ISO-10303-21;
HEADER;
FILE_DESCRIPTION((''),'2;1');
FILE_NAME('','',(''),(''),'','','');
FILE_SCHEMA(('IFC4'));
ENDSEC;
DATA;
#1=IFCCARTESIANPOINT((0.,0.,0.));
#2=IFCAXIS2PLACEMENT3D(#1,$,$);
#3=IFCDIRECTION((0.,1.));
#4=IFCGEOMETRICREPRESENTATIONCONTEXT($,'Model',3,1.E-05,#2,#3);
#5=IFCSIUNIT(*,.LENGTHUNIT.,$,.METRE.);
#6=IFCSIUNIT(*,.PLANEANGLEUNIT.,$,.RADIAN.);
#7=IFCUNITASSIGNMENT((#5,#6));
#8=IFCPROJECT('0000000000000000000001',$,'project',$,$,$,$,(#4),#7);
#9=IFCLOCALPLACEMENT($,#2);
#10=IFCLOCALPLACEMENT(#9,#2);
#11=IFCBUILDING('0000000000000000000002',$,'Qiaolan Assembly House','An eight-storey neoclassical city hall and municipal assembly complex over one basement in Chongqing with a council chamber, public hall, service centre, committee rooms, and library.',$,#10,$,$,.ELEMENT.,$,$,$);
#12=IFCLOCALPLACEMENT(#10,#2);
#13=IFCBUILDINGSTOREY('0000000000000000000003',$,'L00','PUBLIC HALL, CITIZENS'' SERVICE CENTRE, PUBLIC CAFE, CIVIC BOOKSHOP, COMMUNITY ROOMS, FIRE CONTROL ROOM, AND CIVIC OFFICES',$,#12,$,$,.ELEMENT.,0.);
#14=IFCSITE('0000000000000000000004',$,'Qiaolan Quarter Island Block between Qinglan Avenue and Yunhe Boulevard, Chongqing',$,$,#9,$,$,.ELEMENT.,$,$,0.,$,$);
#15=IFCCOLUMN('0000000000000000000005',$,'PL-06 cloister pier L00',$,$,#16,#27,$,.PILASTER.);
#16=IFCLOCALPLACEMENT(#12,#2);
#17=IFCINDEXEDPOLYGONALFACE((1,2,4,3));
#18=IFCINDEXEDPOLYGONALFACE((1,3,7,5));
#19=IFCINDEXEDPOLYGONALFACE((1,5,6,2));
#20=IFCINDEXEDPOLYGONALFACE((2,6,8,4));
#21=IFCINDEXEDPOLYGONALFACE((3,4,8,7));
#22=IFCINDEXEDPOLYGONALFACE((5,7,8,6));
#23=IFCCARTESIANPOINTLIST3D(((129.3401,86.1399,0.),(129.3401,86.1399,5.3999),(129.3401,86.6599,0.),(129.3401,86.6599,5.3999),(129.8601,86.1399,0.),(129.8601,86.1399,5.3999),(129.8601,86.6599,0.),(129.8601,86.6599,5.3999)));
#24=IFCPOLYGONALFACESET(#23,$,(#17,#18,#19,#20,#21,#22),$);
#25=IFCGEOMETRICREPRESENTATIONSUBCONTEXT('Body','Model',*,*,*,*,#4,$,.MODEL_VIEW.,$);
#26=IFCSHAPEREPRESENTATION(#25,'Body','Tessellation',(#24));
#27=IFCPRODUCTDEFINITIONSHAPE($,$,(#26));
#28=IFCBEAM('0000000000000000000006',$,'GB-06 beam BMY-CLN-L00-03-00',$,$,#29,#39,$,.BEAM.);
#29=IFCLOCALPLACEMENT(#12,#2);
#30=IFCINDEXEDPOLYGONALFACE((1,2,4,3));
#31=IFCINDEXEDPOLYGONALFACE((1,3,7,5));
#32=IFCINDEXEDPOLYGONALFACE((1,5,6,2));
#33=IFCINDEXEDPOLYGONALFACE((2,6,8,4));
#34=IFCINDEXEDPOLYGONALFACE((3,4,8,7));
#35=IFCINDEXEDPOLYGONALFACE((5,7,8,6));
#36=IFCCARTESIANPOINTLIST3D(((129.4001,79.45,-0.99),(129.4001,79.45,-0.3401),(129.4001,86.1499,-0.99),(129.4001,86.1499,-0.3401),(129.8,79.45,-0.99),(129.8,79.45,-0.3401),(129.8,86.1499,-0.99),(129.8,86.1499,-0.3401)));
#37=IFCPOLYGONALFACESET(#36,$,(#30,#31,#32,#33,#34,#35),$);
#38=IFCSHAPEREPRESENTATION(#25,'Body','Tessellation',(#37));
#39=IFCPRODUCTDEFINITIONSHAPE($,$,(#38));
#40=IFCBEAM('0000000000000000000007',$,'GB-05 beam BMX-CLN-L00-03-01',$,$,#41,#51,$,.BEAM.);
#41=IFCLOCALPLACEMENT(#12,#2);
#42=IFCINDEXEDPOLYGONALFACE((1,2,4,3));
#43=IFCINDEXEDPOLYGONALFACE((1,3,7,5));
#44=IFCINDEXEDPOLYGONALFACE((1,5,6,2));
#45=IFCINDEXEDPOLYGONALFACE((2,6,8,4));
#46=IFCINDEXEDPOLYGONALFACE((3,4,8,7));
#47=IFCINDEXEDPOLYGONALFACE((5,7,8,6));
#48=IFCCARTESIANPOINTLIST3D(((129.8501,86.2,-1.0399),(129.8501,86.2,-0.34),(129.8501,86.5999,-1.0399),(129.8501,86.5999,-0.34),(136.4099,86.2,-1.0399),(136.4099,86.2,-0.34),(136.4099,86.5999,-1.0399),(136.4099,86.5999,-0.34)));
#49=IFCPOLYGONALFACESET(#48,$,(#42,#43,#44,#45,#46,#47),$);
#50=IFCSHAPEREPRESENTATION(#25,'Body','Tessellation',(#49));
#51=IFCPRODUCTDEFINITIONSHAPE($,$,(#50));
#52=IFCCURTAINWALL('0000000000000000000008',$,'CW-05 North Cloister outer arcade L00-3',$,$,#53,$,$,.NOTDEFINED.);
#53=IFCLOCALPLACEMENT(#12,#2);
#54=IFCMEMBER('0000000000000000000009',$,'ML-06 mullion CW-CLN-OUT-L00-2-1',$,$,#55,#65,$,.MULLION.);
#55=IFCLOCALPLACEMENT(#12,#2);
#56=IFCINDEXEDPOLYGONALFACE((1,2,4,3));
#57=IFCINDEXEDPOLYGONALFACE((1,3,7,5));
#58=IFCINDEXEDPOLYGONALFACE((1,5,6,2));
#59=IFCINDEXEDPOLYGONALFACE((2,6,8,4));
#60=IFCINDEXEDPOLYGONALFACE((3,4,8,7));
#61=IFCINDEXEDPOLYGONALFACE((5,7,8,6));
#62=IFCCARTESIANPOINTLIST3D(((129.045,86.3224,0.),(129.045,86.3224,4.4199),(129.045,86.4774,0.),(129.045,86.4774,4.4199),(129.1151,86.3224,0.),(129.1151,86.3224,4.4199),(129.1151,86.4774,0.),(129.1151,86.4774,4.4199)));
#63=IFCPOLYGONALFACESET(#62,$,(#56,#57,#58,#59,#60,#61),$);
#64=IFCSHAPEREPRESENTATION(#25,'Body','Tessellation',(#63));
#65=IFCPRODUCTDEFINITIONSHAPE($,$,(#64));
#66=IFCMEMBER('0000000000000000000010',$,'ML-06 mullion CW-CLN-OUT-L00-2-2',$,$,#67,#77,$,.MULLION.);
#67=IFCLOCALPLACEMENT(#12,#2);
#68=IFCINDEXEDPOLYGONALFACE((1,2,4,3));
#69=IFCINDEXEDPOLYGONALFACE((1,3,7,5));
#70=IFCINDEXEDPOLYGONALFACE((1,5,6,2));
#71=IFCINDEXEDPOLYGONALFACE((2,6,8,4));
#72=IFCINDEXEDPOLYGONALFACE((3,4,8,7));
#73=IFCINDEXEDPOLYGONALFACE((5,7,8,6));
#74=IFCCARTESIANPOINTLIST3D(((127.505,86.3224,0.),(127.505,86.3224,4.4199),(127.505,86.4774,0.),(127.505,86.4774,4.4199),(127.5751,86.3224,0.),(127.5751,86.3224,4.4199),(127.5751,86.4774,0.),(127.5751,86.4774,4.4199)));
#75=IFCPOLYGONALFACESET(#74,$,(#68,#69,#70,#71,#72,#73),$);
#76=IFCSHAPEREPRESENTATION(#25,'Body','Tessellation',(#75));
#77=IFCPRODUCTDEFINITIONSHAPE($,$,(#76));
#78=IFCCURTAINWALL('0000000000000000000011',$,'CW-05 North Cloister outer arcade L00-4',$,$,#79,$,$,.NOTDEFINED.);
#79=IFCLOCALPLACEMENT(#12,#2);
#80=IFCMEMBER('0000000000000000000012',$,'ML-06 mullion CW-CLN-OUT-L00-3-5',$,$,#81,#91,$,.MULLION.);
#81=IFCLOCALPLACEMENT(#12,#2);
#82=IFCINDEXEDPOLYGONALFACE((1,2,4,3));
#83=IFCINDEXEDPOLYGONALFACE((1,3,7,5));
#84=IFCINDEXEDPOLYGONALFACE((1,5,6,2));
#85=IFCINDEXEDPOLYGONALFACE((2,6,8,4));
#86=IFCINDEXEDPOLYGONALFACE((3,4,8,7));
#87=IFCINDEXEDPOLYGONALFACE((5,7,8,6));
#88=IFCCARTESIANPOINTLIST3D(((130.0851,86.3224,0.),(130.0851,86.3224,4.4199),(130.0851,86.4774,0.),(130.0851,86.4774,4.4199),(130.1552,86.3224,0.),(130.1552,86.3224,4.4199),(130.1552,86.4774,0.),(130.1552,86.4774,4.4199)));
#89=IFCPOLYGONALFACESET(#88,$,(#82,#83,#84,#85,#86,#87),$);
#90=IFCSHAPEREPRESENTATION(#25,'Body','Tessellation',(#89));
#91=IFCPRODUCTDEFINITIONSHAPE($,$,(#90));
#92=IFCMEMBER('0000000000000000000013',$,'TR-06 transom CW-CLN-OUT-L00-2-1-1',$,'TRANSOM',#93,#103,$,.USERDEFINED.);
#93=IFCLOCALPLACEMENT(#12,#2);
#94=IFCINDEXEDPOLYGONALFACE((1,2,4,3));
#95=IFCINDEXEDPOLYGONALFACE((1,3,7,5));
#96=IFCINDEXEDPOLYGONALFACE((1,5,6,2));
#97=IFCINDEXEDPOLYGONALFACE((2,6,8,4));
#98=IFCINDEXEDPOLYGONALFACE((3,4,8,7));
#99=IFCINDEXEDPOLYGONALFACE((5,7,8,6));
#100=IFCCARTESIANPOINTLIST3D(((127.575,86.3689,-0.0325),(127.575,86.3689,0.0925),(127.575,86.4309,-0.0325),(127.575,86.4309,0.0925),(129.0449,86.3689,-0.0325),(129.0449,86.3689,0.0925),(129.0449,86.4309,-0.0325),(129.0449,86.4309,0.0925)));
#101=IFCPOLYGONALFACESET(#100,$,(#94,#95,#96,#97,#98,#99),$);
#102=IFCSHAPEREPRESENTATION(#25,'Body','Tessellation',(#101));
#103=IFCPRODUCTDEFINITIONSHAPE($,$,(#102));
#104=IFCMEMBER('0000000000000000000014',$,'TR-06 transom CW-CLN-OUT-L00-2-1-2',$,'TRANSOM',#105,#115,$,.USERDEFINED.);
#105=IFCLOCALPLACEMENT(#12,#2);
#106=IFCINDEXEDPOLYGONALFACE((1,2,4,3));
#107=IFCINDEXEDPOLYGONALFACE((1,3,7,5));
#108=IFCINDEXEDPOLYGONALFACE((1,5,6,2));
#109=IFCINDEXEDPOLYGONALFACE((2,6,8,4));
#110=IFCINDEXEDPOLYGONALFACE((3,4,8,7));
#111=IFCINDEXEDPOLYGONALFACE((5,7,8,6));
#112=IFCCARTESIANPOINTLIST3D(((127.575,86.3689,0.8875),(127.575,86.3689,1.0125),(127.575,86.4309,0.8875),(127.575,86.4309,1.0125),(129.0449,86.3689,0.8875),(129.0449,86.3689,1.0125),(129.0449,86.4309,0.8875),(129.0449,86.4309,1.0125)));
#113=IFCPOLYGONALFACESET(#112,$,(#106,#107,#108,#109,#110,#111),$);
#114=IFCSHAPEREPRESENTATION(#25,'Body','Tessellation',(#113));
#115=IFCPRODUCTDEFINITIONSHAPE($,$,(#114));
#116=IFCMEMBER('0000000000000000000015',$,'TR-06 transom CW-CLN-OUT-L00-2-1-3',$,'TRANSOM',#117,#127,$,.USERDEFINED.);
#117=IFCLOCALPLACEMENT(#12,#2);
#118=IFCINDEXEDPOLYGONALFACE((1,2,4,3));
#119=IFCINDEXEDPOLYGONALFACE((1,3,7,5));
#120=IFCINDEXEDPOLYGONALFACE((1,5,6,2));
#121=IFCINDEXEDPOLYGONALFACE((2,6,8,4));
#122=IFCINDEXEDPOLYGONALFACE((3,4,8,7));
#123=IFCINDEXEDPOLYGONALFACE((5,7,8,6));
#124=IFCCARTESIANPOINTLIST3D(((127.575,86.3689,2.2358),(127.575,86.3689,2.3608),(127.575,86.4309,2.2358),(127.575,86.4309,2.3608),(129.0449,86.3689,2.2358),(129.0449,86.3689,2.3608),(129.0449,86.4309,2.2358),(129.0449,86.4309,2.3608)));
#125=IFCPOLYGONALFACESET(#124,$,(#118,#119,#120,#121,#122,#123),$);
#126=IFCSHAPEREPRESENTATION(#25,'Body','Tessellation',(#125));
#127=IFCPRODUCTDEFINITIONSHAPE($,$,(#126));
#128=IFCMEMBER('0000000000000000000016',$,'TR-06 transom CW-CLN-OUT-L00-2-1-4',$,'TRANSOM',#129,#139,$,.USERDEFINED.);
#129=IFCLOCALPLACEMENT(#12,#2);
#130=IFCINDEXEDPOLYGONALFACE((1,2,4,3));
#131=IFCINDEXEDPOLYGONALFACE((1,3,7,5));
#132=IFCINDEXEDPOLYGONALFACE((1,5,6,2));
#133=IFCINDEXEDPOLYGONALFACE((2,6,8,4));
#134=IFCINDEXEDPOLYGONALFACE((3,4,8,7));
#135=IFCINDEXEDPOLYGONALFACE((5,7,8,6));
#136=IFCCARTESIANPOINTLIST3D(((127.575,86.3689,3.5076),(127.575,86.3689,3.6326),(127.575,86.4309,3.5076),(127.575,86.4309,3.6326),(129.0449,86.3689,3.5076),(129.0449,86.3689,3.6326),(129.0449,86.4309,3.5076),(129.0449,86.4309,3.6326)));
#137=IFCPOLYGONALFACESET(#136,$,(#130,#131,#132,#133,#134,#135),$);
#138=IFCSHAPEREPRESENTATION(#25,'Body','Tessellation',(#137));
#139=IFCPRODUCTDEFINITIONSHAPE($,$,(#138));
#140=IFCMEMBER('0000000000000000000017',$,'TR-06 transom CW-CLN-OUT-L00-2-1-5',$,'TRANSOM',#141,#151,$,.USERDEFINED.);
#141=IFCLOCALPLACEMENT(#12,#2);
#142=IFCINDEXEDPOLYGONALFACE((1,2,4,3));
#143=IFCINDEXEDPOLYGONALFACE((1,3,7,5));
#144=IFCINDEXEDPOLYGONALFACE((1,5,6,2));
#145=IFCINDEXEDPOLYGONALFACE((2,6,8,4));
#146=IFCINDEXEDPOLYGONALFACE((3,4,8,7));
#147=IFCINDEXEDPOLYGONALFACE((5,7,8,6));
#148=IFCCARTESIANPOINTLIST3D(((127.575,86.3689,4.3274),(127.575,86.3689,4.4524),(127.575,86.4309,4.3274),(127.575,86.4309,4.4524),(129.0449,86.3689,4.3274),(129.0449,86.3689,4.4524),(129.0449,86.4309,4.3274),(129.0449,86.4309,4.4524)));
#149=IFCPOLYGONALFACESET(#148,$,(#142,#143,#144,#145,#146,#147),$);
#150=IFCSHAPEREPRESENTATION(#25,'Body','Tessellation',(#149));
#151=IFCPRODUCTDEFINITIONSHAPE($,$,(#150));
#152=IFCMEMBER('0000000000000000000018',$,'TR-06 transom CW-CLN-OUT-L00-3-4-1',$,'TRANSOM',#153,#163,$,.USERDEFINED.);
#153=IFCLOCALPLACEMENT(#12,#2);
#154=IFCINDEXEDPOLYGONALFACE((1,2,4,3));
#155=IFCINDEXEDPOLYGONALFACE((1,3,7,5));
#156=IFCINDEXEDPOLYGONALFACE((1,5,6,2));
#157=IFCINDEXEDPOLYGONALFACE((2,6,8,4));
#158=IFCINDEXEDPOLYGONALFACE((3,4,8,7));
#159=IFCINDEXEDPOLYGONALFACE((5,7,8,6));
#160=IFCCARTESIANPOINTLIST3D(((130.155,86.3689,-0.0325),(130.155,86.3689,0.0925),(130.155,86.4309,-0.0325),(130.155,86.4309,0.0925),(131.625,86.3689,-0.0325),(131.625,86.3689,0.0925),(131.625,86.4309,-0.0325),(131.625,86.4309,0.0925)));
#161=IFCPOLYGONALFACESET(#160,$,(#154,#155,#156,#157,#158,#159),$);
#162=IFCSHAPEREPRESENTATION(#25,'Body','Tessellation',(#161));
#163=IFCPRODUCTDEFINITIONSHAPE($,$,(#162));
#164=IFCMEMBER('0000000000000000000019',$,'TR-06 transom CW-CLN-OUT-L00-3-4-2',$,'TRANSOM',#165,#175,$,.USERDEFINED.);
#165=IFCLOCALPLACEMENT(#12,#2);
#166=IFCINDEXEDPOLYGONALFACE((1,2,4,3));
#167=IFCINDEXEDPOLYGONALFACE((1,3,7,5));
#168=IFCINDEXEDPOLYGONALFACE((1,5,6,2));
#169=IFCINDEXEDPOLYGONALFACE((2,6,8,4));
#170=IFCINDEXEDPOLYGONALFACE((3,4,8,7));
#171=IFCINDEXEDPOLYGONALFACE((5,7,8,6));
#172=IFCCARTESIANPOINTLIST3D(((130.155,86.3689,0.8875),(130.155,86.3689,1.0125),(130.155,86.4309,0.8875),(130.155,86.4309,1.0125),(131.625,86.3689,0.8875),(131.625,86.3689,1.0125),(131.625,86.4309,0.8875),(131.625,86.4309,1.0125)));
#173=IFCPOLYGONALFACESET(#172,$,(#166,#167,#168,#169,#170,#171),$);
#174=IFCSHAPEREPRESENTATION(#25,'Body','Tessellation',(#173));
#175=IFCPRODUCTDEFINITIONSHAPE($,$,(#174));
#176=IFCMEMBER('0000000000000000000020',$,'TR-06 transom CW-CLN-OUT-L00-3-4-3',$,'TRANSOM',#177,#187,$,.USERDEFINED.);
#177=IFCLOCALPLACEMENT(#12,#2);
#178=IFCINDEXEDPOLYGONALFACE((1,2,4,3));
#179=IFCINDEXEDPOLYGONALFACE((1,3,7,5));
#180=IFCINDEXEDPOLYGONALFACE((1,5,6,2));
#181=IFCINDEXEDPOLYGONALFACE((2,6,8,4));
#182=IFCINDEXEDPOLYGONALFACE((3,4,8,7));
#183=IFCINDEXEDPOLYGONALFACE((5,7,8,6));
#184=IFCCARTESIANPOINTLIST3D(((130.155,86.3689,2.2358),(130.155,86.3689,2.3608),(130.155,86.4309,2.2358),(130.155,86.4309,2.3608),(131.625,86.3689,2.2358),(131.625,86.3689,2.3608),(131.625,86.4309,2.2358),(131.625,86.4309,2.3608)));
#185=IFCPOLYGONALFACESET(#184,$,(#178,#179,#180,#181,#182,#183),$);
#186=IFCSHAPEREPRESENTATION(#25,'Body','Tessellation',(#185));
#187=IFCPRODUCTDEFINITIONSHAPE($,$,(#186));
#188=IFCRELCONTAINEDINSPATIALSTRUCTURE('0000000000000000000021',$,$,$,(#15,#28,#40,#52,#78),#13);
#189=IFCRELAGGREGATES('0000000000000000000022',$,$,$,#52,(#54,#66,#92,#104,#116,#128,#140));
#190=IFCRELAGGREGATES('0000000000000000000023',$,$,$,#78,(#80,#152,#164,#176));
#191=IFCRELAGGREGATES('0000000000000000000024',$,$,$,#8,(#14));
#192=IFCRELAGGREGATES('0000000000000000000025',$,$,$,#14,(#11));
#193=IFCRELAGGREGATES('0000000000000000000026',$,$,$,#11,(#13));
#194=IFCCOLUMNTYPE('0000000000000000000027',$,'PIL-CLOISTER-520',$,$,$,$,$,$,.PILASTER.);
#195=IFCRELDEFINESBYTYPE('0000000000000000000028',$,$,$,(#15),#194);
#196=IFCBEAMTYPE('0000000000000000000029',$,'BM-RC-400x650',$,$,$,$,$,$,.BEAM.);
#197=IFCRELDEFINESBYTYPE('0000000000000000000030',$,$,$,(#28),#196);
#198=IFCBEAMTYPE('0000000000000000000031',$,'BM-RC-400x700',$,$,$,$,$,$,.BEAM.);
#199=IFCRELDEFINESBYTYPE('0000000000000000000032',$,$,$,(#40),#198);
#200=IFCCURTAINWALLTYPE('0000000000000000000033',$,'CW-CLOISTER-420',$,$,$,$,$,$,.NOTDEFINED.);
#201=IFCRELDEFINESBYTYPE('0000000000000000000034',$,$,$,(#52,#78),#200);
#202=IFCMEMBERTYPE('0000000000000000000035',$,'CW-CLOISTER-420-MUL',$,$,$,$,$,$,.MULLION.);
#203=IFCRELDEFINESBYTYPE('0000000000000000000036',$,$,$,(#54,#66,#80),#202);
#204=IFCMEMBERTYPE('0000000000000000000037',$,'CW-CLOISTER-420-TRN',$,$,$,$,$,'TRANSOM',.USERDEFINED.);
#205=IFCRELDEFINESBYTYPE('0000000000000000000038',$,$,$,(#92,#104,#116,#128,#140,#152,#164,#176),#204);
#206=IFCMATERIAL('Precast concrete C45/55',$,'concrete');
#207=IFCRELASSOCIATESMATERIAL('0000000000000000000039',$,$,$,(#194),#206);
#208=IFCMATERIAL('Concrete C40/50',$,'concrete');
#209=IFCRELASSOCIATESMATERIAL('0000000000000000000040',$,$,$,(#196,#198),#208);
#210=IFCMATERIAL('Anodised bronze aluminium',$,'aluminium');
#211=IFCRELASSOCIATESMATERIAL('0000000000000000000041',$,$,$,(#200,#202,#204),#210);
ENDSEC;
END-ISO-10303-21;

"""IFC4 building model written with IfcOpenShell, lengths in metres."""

from ifc_helpers import new_model, si_unit, direction, frame, origin, origin_2d, place, context, subcontext, project, spatial, rectangle, extrude, material, material_profile, profile_set, type_object, element, aggregate, save


model = new_model("IFC4")

# Units and contexts
model_context = context("Model", 3, precision=1e-05, world=origin(), true_north=direction((0.0, 1.0)))
body_context = subcontext(model_context, "Body", "Model", "MODEL_VIEW")
ifc_project = project(units=[si_unit("LENGTHUNIT", "METRE"), si_unit("PLANEANGLEUNIT", "RADIAN")], contexts=[model_context])

# Site, building, storey
site_placement = place(None, origin())
site = spatial("IfcSite", under=ifc_project, at=site_placement, Name="Qiaolan Quarter Island Block between Qinglan Avenue and Yunhe Boulevard, Chongqing", CompositionType="ELEMENT", RefElevation=0.0)
building_placement = place(site_placement, origin())
building = spatial("IfcBuilding", under=site, at=building_placement, Name="Qiaolan Assembly House", Description="An eight-storey neoclassical city hall and municipal assembly complex over one basement in Chongqing with a council chamber, public hall, service centre, committee rooms, and library.", CompositionType="ELEMENT")
storey_placement = place(building_placement, origin())
storey = spatial("IfcBuildingStorey", under=building, at=storey_placement, Name="L00", Description="PUBLIC HALL, CITIZENS' SERVICE CENTRE, PUBLIC CAFE, CIVIC BOOKSHOP, COMMUNITY ROOMS, FIRE CONTROL ROOM, AND CIVIC OFFICES", CompositionType="ELEMENT", Elevation=0.0)

# Column
ifc_material_1 = material(Name="Precast concrete C45/55", Category="concrete")
ifc_material_profile_1 = material_profile(ifc_material_1, rectangle(XDim=0.52, YDim=0.52, at=origin_2d()), Name="PIL 520x520")
ifc_profile_set_1 = profile_set([ifc_material_profile_1], Name="Precast concrete C45/55")
column_type = type_object("IfcColumnType", Name="PIL-CLOISTER-520", PredefinedType="PILASTER", material=ifc_profile_set_1)
column_placement = place(storey_placement, frame((129.6001, 86.3999, 0.0), z_axis=(0.0, 0.0, 1.0), x_axis=(1.0, 0.0, 0.0)))
element("IfcColumn", 1, at=column_placement, inside=storey, type_object=column_type, Name="PL-06 cloister pier L00", PredefinedType="PILASTER", context=body_context, shape_type="SweptSolid", body=[
    extrude(rectangle(XDim=0.52, YDim=0.52, at=origin_2d()), origin(), (0.0, 0.0, 1.0), 5.3999),
])

# Beams
ifc_material_2 = material(Name="Concrete C40/50", Category="concrete")
ifc_material_profile_2 = material_profile(ifc_material_2, rectangle(XDim=0.3999, YDim=0.6499, at=origin_2d()), Name="RCB 400x650")
ifc_profile_set_2 = profile_set([ifc_material_profile_2], Name="Concrete C40/50")
beam_type_1 = type_object("IfcBeamType", Name="BM-RC-400x650", PredefinedType="BEAM", material=ifc_profile_set_2)
beam_1_placement = place(storey_placement, frame((129.6001, 79.45, -0.665), z_axis=(0.0, 1.0, 0.0), x_axis=(-1.0, 0.0, 0.0)))
element("IfcBeam", 2, at=beam_1_placement, inside=storey, type_object=beam_type_1, Name="GB-06 beam BMY-CLN-L00-03-00", PredefinedType="BEAM", context=body_context, shape_type="SweptSolid", body=[
    extrude(rectangle(XDim=0.3999, YDim=0.6499, at=origin_2d()), origin(), (0.0, 0.0, 1.0), 6.7),
])
ifc_material_profile_3 = material_profile(ifc_material_2, rectangle(XDim=0.3999, YDim=0.7, at=origin_2d()), Name="RCB 400x700")
ifc_profile_set_3 = profile_set([ifc_material_profile_3], Name="Concrete C40/50")
beam_type_2 = type_object("IfcBeamType", Name="BM-RC-400x700", PredefinedType="BEAM", material=ifc_profile_set_3)
beam_2_placement = place(storey_placement, frame((129.8501, 86.3999, -0.6899), z_axis=(1.0, 0.0, 0.0), x_axis=(0.0, 1.0, 0.0)))
element("IfcBeam", 3, at=beam_2_placement, inside=storey, type_object=beam_type_2, Name="GB-05 beam BMX-CLN-L00-03-01", PredefinedType="BEAM", context=body_context, shape_type="SweptSolid", body=[
    extrude(rectangle(XDim=0.3999, YDim=0.7, at=origin_2d()), origin(), (0.0, 0.0, 1.0), 6.5598),
])

# Curtain wall, members
ifc_material_3 = material(Name="Anodised bronze aluminium", Category="aluminium")
curtain_wall_type = type_object("IfcCurtainWallType", Name="CW-CLOISTER-420", PredefinedType="NOTDEFINED", material=ifc_material_3)
curtain_wall_1_placement = place(storey_placement, origin())
curtain_wall_1 = element("IfcCurtainWall", 4, at=curtain_wall_1_placement, inside=storey, type_object=curtain_wall_type, Name="CW-05 North Cloister outer arcade L00-3", PredefinedType="NOTDEFINED")
ifc_material_profile_4 = material_profile(ifc_material_3, rectangle(XDim=0.0701, YDim=0.155, at=origin_2d()), Name="MUL 70x155")
ifc_profile_set_4 = profile_set([ifc_material_profile_4], Name="Anodised bronze aluminium")
member_type_1 = type_object("IfcMemberType", Name="CW-CLOISTER-420-MUL", PredefinedType="MULLION", material=ifc_profile_set_4)
member_1_placement = place(storey_placement, frame((129.0801, 86.3999, 0.0), z_axis=(0.0, 0.0, 1.0), x_axis=(-1.0, 0.0, 0.0)))
member_1 = element("IfcMember", 5, at=member_1_placement, type_object=member_type_1, Name="ML-06 mullion CW-CLN-OUT-L00-2-1", PredefinedType="MULLION", context=body_context, shape_type="SweptSolid", body=[
    extrude(rectangle(XDim=0.0701, YDim=0.155, at=origin_2d()), origin(), (0.0, 0.0, 1.0), 4.4199),
])
member_2_placement = place(storey_placement, frame((127.54, 86.3999, 0.0), z_axis=(0.0, 0.0, 1.0), x_axis=(-1.0, 0.0, 0.0)))
member_2 = element("IfcMember", 6, at=member_2_placement, type_object=member_type_1, Name="ML-06 mullion CW-CLN-OUT-L00-2-2", PredefinedType="MULLION", context=body_context, shape_type="SweptSolid", body=[
    extrude(rectangle(XDim=0.0701, YDim=0.155, at=origin_2d()), origin(), (0.0, 0.0, 1.0), 4.4199),
])

# Curtain wall, member
curtain_wall_2_placement = place(storey_placement, origin())
curtain_wall_2 = element("IfcCurtainWall", 7, at=curtain_wall_2_placement, inside=storey, type_object=curtain_wall_type, Name="CW-05 North Cloister outer arcade L00-4", PredefinedType="NOTDEFINED")
member_3_placement = place(storey_placement, frame((130.1201, 86.3999, 0.0), z_axis=(0.0, 0.0, 1.0), x_axis=(-1.0, 0.0, 0.0)))
member_3 = element("IfcMember", 8, at=member_3_placement, type_object=member_type_1, Name="ML-06 mullion CW-CLN-OUT-L00-3-5", PredefinedType="MULLION", context=body_context, shape_type="SweptSolid", body=[
    extrude(rectangle(XDim=0.0701, YDim=0.155, at=origin_2d()), origin(), (0.0, 0.0, 1.0), 4.4199),
])

# Members
ifc_material_profile_5 = material_profile(ifc_material_3, rectangle(XDim=0.062, YDim=0.125, at=origin_2d()), Name="TRN 62x125")
ifc_profile_set_5 = profile_set([ifc_material_profile_5], Name="Anodised bronze aluminium")
member_type_2 = type_object("IfcMemberType", Name="CW-CLOISTER-420-TRN", ElementType="TRANSOM", PredefinedType="USERDEFINED", material=ifc_profile_set_5)
member_4_placement = place(storey_placement, frame((129.0449, 86.3999, 0.03), z_axis=(-1.0, 0.0, 0.0), x_axis=(0.0, -1.0, 0.0)))
member_4 = element("IfcMember", 9, at=member_4_placement, type_object=member_type_2, Name="TR-06 transom CW-CLN-OUT-L00-2-1-1", ObjectType="TRANSOM", PredefinedType="USERDEFINED", context=body_context, shape_type="SweptSolid", body=[
    extrude(rectangle(XDim=0.062, YDim=0.125, at=origin_2d()), origin(), (0.0, 0.0, 1.0), 1.47),
])
member_5_placement = place(storey_placement, frame((129.0449, 86.3999, 0.95), z_axis=(-1.0, 0.0, 0.0), x_axis=(0.0, -1.0, 0.0)))
member_5 = element("IfcMember", 10, at=member_5_placement, type_object=member_type_2, Name="TR-06 transom CW-CLN-OUT-L00-2-1-2", ObjectType="TRANSOM", PredefinedType="USERDEFINED", context=body_context, shape_type="SweptSolid", body=[
    extrude(rectangle(XDim=0.062, YDim=0.125, at=origin_2d()), origin(), (0.0, 0.0, 1.0), 1.47),
])
member_6_placement = place(storey_placement, frame((129.0449, 86.3999, 2.2983), z_axis=(-1.0, 0.0, 0.0), x_axis=(0.0, -1.0, 0.0)))
member_6 = element("IfcMember", 11, at=member_6_placement, type_object=member_type_2, Name="TR-06 transom CW-CLN-OUT-L00-2-1-3", ObjectType="TRANSOM", PredefinedType="USERDEFINED", context=body_context, shape_type="SweptSolid", body=[
    extrude(rectangle(XDim=0.062, YDim=0.125, at=origin_2d()), origin(), (0.0, 0.0, 1.0), 1.47),
])
member_7_placement = place(storey_placement, frame((129.0449, 86.3999, 3.5701), z_axis=(-1.0, 0.0, 0.0), x_axis=(0.0, -1.0, 0.0)))
member_7 = element("IfcMember", 12, at=member_7_placement, type_object=member_type_2, Name="TR-06 transom CW-CLN-OUT-L00-2-1-4", ObjectType="TRANSOM", PredefinedType="USERDEFINED", context=body_context, shape_type="SweptSolid", body=[
    extrude(rectangle(XDim=0.062, YDim=0.125, at=origin_2d()), origin(), (0.0, 0.0, 1.0), 1.47),
])
member_8_placement = place(storey_placement, frame((129.0449, 86.3999, 4.3899), z_axis=(-1.0, 0.0, 0.0), x_axis=(0.0, -1.0, 0.0)))
member_8 = element("IfcMember", 13, at=member_8_placement, type_object=member_type_2, Name="TR-06 transom CW-CLN-OUT-L00-2-1-5", ObjectType="TRANSOM", PredefinedType="USERDEFINED", context=body_context, shape_type="SweptSolid", body=[
    extrude(rectangle(XDim=0.062, YDim=0.125, at=origin_2d()), origin(), (0.0, 0.0, 1.0), 1.47),
])
member_9_placement = place(storey_placement, frame((131.625, 86.3999, 0.03), z_axis=(-1.0, 0.0, 0.0), x_axis=(0.0, -1.0, 0.0)))
member_9 = element("IfcMember", 14, at=member_9_placement, type_object=member_type_2, Name="TR-06 transom CW-CLN-OUT-L00-3-4-1", ObjectType="TRANSOM", PredefinedType="USERDEFINED", context=body_context, shape_type="SweptSolid", body=[
    extrude(rectangle(XDim=0.062, YDim=0.125, at=origin_2d()), origin(), (0.0, 0.0, 1.0), 1.47),
])
member_10_placement = place(storey_placement, frame((131.625, 86.3999, 0.95), z_axis=(-1.0, 0.0, 0.0), x_axis=(0.0, -1.0, 0.0)))
member_10 = element("IfcMember", 15, at=member_10_placement, type_object=member_type_2, Name="TR-06 transom CW-CLN-OUT-L00-3-4-2", ObjectType="TRANSOM", PredefinedType="USERDEFINED", context=body_context, shape_type="SweptSolid", body=[
    extrude(rectangle(XDim=0.062, YDim=0.125, at=origin_2d()), origin(), (0.0, 0.0, 1.0), 1.47),
])
member_11_placement = place(storey_placement, frame((131.625, 86.3999, 2.2983), z_axis=(-1.0, 0.0, 0.0), x_axis=(0.0, -1.0, 0.0)))
member_11 = element("IfcMember", 16, at=member_11_placement, type_object=member_type_2, Name="TR-06 transom CW-CLN-OUT-L00-3-4-3", ObjectType="TRANSOM", PredefinedType="USERDEFINED", context=body_context, shape_type="SweptSolid", body=[
    extrude(rectangle(XDim=0.062, YDim=0.125, at=origin_2d()), origin(), (0.0, 0.0, 1.0), 1.47),
])

aggregate(curtain_wall_1, [member_1, member_2, member_4, member_5, member_6, member_7, member_8])
aggregate(curtain_wall_2, [member_3, member_9, member_10, member_11])

save(model, "model.ifc")
